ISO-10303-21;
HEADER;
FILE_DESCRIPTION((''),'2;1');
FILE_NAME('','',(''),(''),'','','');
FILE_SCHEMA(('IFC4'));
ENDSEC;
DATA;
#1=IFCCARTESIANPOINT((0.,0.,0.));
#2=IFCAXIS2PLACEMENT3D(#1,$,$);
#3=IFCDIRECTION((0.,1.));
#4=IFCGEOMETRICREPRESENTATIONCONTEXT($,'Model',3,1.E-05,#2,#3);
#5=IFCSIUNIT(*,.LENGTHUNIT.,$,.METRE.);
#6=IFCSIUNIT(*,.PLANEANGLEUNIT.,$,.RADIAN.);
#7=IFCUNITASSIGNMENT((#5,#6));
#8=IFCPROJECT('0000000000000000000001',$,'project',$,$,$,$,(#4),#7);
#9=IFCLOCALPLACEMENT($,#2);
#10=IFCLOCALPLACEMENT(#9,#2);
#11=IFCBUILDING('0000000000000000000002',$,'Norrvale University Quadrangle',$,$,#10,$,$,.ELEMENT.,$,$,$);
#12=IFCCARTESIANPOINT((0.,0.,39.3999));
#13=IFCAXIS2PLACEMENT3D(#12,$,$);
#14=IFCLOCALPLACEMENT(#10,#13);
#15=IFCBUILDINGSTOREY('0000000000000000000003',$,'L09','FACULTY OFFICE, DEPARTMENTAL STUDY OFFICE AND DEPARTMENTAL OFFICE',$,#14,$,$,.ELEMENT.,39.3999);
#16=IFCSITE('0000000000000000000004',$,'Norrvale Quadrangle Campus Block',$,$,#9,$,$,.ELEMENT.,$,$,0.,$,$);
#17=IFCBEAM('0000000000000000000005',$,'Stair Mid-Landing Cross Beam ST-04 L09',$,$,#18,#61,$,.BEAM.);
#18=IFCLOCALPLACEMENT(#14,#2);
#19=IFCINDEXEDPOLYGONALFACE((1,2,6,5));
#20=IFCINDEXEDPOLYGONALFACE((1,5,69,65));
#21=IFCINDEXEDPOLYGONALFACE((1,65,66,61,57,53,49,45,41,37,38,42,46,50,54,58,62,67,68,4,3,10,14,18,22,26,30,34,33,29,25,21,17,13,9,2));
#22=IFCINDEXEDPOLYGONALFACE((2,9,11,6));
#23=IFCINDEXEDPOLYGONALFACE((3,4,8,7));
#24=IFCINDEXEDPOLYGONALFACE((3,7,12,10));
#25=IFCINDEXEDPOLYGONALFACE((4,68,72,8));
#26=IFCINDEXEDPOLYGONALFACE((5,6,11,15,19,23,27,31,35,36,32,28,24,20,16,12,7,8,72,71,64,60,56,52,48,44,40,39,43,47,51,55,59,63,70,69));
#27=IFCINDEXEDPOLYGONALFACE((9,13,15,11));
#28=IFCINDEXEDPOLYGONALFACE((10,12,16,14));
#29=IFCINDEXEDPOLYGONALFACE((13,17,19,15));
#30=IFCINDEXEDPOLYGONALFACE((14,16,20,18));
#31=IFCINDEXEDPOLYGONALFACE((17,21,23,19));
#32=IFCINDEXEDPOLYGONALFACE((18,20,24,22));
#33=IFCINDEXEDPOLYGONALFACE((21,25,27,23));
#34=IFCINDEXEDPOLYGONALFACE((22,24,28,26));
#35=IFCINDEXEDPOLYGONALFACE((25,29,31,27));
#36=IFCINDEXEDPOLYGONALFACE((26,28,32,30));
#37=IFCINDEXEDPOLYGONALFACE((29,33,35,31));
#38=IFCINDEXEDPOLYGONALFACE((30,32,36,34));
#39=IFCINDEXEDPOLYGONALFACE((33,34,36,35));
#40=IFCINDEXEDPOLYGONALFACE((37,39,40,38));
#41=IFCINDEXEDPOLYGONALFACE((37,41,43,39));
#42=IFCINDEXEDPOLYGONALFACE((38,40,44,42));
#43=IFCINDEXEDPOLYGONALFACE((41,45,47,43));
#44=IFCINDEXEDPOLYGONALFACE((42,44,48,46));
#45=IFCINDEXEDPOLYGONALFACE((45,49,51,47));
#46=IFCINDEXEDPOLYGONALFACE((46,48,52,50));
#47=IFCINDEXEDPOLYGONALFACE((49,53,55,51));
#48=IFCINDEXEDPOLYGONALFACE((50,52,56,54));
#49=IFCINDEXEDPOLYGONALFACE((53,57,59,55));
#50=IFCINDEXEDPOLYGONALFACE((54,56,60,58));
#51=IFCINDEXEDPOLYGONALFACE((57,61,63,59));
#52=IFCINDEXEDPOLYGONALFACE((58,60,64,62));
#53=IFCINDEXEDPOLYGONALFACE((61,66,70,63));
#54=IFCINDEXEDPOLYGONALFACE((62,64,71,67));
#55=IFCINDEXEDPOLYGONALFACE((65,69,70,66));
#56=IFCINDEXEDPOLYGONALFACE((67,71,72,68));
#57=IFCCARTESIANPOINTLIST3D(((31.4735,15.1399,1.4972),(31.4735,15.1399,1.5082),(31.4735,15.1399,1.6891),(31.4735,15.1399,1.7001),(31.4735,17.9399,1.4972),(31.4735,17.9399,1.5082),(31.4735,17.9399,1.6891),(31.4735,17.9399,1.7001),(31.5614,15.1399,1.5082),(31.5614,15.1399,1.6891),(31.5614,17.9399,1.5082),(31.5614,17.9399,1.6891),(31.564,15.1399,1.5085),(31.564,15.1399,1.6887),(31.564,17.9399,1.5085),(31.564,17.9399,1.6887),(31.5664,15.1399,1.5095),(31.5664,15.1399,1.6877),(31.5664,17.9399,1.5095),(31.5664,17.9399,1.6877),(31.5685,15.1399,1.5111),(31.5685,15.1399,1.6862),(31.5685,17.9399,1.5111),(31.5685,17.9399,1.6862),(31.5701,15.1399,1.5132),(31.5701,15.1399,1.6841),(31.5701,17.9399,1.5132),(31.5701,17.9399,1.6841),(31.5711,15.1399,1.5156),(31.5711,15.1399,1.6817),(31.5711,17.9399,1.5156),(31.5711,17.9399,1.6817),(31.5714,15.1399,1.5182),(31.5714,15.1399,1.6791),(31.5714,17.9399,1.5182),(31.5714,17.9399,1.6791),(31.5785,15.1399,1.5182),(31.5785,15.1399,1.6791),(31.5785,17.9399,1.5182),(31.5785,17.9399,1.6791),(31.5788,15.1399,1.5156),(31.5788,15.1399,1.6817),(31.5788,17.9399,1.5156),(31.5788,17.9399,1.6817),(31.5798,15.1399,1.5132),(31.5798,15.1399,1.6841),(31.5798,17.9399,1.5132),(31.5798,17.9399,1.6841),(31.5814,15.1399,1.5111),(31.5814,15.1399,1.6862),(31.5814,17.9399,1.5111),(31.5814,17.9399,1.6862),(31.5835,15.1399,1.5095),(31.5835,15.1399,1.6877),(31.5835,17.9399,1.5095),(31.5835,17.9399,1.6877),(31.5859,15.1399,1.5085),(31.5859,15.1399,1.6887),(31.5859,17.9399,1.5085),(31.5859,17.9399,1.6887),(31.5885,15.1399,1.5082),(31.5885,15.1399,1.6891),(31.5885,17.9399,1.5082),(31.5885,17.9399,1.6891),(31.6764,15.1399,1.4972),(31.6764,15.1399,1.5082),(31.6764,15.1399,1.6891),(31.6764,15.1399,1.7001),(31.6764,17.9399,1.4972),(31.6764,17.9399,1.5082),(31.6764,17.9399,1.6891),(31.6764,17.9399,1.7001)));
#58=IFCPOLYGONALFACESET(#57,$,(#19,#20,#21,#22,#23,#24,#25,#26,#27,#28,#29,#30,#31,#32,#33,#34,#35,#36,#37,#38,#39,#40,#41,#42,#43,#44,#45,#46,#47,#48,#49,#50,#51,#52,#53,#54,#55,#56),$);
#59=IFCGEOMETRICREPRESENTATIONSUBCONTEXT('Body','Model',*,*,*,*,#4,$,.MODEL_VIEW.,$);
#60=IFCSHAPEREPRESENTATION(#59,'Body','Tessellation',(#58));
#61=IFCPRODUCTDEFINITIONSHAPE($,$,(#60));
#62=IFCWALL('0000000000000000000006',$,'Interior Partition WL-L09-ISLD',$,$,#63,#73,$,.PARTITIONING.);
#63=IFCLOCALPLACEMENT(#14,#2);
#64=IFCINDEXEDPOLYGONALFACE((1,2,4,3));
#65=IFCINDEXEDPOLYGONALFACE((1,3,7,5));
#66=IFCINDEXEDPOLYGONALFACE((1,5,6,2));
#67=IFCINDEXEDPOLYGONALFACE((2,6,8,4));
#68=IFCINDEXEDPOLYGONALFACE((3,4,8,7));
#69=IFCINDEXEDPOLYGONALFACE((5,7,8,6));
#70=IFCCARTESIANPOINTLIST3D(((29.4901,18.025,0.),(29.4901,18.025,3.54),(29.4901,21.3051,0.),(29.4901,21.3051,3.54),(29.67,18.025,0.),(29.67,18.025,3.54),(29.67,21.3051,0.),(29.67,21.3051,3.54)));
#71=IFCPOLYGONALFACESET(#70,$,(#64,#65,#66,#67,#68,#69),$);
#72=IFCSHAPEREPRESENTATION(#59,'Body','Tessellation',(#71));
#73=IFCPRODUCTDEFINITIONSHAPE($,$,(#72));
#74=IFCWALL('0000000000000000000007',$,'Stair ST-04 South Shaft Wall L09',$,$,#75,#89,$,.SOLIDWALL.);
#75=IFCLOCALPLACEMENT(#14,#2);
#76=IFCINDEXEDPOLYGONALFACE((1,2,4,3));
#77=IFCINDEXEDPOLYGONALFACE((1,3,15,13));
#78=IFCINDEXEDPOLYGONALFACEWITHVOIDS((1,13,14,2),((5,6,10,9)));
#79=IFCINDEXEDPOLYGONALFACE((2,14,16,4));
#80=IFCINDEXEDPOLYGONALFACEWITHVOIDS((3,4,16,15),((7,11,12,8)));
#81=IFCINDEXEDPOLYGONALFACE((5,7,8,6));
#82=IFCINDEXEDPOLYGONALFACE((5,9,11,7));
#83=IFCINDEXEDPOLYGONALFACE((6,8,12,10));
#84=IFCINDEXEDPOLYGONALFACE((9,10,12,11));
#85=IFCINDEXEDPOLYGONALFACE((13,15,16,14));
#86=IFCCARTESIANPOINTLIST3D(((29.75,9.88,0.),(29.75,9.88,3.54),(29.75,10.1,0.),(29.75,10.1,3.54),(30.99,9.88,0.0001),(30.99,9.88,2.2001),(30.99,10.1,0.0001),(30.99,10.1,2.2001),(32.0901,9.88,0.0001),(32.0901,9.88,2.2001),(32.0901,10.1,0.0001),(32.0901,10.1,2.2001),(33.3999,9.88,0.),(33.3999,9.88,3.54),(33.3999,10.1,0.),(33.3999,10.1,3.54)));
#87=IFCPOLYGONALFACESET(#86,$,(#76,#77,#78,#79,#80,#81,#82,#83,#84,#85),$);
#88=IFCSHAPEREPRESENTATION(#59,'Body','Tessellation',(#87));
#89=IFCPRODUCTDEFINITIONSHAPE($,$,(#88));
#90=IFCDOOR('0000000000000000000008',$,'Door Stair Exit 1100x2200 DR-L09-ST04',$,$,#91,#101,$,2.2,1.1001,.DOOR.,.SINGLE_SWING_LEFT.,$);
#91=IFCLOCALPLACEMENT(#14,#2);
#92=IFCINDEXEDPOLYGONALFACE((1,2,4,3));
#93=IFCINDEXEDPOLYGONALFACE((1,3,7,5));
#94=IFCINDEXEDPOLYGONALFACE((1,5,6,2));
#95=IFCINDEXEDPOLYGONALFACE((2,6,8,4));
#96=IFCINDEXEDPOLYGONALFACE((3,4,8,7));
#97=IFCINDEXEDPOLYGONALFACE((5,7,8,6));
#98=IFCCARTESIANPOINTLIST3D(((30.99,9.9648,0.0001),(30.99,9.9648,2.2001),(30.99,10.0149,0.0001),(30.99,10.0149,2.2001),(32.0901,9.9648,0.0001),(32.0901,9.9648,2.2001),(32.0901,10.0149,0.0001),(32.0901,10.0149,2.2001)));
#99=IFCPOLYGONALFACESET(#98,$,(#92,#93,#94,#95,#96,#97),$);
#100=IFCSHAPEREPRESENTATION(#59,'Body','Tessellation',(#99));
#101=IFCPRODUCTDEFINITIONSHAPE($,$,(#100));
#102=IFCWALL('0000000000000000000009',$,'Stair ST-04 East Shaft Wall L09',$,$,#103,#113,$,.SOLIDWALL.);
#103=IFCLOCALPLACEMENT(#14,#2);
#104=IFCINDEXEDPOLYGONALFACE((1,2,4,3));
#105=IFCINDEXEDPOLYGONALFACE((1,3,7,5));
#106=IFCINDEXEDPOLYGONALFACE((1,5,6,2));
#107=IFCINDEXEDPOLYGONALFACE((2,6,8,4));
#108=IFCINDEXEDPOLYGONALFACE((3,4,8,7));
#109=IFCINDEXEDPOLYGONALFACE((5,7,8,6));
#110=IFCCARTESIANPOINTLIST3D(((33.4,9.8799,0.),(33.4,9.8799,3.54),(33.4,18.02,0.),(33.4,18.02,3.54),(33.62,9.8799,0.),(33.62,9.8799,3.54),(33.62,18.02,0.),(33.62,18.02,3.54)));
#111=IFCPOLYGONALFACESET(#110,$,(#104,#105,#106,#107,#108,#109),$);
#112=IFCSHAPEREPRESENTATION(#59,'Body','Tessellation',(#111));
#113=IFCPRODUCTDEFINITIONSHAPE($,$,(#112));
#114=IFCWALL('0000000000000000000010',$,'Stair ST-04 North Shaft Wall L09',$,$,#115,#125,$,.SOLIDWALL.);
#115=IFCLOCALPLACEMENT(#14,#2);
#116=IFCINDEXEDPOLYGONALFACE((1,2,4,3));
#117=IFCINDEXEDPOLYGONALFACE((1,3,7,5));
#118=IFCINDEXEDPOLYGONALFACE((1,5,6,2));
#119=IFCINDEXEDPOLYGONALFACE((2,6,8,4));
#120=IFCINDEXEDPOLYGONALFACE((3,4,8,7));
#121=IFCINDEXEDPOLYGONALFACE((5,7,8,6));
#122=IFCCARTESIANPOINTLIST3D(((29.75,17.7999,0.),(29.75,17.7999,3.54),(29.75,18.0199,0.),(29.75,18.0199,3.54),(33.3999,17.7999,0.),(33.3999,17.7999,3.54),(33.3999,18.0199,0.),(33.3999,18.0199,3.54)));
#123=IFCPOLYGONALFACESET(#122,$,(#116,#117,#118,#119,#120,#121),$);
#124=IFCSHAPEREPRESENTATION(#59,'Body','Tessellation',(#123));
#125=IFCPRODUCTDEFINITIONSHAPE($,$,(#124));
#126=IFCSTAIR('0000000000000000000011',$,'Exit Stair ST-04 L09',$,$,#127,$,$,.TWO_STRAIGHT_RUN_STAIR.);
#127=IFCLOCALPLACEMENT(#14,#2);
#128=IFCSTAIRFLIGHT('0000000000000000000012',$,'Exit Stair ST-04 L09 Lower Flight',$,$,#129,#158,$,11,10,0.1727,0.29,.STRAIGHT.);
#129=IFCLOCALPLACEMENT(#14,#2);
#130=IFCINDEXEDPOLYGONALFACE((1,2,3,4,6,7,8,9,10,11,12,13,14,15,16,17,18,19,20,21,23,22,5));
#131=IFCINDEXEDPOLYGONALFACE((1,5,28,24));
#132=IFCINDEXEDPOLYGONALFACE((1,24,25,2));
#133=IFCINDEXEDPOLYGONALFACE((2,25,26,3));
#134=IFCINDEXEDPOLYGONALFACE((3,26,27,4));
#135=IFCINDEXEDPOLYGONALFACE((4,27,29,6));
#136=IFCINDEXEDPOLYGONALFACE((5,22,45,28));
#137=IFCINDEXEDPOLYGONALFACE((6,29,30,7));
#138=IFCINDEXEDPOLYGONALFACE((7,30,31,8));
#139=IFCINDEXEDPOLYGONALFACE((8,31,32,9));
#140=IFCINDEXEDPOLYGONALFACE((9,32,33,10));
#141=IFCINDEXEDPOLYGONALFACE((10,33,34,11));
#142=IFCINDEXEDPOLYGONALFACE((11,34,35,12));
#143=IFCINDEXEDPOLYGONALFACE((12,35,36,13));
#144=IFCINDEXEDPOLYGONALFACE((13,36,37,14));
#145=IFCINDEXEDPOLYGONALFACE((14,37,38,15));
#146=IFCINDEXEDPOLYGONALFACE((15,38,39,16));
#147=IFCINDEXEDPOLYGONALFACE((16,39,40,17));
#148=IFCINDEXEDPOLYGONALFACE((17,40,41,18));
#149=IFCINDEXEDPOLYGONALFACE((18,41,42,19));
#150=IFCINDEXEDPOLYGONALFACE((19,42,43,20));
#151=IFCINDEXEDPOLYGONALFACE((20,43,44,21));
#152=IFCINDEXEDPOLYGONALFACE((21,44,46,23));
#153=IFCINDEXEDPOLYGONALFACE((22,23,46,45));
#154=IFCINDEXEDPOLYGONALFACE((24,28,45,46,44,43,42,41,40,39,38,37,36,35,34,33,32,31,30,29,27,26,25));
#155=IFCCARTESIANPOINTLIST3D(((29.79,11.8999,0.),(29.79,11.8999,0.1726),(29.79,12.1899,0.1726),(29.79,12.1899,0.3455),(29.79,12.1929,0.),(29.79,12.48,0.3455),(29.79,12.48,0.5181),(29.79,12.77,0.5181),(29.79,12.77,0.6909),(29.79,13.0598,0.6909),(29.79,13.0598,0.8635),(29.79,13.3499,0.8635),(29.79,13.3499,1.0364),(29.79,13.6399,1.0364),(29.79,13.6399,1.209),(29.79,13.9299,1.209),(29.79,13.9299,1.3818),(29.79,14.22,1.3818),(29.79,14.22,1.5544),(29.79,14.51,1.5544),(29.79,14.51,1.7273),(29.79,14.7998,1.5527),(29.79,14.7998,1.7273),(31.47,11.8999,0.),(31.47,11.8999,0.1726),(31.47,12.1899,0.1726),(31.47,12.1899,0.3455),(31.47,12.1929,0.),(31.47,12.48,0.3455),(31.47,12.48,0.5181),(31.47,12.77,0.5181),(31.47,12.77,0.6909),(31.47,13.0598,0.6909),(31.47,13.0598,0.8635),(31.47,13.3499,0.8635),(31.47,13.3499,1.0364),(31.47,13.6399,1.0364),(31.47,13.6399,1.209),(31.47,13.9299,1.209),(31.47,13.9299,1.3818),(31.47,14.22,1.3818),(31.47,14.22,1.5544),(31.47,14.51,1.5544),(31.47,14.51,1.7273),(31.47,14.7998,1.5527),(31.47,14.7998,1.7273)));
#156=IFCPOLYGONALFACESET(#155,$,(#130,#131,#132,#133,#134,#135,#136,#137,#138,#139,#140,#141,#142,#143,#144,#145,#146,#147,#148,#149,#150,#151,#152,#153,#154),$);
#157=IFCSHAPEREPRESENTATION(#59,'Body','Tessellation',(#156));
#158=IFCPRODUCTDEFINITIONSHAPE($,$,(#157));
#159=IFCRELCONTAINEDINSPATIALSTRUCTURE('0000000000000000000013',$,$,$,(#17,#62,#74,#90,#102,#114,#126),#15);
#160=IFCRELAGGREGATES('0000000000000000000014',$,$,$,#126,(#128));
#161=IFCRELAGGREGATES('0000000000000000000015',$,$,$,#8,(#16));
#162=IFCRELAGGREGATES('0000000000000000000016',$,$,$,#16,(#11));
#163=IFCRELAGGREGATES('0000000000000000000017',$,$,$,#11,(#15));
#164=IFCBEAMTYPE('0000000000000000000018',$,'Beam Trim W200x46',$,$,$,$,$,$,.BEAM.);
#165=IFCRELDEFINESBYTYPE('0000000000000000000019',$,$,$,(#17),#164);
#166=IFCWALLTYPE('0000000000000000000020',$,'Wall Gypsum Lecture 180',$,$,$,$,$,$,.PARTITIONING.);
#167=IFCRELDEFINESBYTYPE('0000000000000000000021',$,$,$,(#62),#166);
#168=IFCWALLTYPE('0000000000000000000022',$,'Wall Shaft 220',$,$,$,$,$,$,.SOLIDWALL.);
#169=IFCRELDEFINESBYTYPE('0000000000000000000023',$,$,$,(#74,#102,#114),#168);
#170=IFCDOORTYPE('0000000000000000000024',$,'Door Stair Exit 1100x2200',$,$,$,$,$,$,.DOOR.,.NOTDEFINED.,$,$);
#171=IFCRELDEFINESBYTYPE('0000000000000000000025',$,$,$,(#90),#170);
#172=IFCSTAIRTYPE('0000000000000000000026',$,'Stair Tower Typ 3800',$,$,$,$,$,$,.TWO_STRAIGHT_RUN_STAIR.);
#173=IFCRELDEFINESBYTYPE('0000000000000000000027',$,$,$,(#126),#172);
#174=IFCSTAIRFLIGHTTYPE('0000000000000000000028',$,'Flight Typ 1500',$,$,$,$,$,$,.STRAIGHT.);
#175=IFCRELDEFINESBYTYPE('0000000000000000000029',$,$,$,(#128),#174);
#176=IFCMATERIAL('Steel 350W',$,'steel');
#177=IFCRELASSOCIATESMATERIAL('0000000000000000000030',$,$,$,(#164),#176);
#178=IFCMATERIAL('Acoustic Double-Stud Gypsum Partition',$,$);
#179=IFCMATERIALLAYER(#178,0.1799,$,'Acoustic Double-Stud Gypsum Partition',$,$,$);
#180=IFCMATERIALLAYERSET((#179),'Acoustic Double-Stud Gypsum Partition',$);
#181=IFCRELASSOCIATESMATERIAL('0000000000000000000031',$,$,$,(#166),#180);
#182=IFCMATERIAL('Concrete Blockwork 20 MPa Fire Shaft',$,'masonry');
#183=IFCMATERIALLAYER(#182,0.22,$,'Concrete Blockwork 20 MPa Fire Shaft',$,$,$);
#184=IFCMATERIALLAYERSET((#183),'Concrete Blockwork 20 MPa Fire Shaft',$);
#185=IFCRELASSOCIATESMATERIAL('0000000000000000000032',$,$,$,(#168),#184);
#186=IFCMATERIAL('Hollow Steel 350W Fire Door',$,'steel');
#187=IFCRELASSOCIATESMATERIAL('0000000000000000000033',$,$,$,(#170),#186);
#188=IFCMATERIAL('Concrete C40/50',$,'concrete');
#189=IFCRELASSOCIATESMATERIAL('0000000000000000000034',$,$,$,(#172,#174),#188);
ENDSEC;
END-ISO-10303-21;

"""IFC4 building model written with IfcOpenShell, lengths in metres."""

from ifc_helpers import new_model, si_unit, direction, frame, frame_2d, origin, origin_2d, place, context, subcontext, project, spatial, polyline, rectangle, i_section, outline, extrude, material, layer, layer_set, material_profile, profile_set, type_object, element, fill, aggregate, save


model = new_model("IFC4")

# Units and contexts
model_context = context("Model", 3, precision=1e-05, world=origin(), true_north=direction((0.0, 1.0)))
body_context = subcontext(model_context, "Body", "Model", "MODEL_VIEW")
ifc_project = project(units=[si_unit("LENGTHUNIT", "METRE"), si_unit("PLANEANGLEUNIT", "RADIAN")], contexts=[model_context])

# Site, building, storey
site_placement = place(None, origin())
site = spatial("IfcSite", under=ifc_project, at=site_placement, Name="Norrvale Quadrangle Campus Block", CompositionType="ELEMENT", RefElevation=0.0)
building_placement = place(site_placement, origin())
building = spatial("IfcBuilding", under=site, at=building_placement, Name="Norrvale University Quadrangle", CompositionType="ELEMENT")
storey_placement = place(building_placement, frame((0.0, 0.0, 39.3999)))
storey = spatial("IfcBuildingStorey", under=building, at=storey_placement, Name="L09", Description="FACULTY OFFICE, DEPARTMENTAL STUDY OFFICE AND DEPARTMENTAL OFFICE", CompositionType="ELEMENT", Elevation=39.3999)

# Beam
ifc_material_1 = material(Name="Steel 350W", Category="steel")
ifc_material_profile_1 = material_profile(ifc_material_1, i_section(OverallWidth=0.2029, OverallDepth=0.2029, WebThickness=0.0071, FlangeThickness=0.011, FilletRadius=0.01, at=origin_2d()), Name="Steel 350W")
ifc_profile_set_1 = profile_set([ifc_material_profile_1], Name="Steel 350W")
beam_type_1 = type_object("IfcBeamType", Name="Beam Trim W200x46", PredefinedType="BEAM", material=ifc_profile_set_1)
beam_1_placement = place(storey_placement, frame((31.575, 15.1399, 1.5986), z_axis=(0.0, 1.0, 0.0), x_axis=(-1.0, 0.0, 0.0)))
element("IfcBeam", 1, at=beam_1_placement, inside=storey, type_object=beam_type_1, Name="Stair Mid-Landing Cross Beam ST-04 L09", PredefinedType="BEAM", context=body_context, shape_type="SweptSolid", body=[
    extrude(i_section(OverallWidth=0.2029, OverallDepth=0.2029, WebThickness=0.0071, FlangeThickness=0.011, FilletRadius=0.01, at=origin_2d()), origin(), (0.0, 0.0, 1.0), 2.8),
])

# Wall
ifc_material_2 = material(Name="Acoustic Double-Stud Gypsum Partition")
ifc_layer_1 = layer(ifc_material_2, 0.1799, Name="Acoustic Double-Stud Gypsum Partition")
ifc_layer_set_1 = layer_set([ifc_layer_1], Name="Acoustic Double-Stud Gypsum Partition")
wall_type_1 = type_object("IfcWallType", Name="Wall Gypsum Lecture 180", PredefinedType="PARTITIONING", material=ifc_layer_set_1)
wall_1_placement = place(storey_placement, frame((29.5801, 18.0249, 0.0), z_axis=(0.0, 0.0, 1.0), x_axis=(0.0, 1.0, 0.0)))
element("IfcWall", 2, at=wall_1_placement, inside=storey, type_object=wall_type_1, Name="Interior Partition WL-L09-ISLD", PredefinedType="PARTITIONING", context=body_context, shape_type="SweptSolid", body=[
    extrude(rectangle(XDim=3.28, YDim=0.1799, at=frame_2d((1.6401, 0.0))), origin(), (0.0, 0.0, 1.0), 3.54),
])

# Wall, opening, door
ifc_material_3 = material(Name="Concrete Blockwork 20 MPa Fire Shaft", Category="masonry")
ifc_layer_2 = layer(ifc_material_3, 0.22, Name="Concrete Blockwork 20 MPa Fire Shaft")
ifc_layer_set_2 = layer_set([ifc_layer_2], Name="Concrete Blockwork 20 MPa Fire Shaft")
wall_type_2 = type_object("IfcWallType", Name="Wall Shaft 220", PredefinedType="SOLIDWALL", material=ifc_layer_set_2)
wall_2_placement = place(storey_placement, frame((29.75, 9.99, 0.0), z_axis=(0.0, 0.0, 1.0), x_axis=(1.0, 0.0, 0.0)))
wall_2 = element("IfcWall", 3, at=wall_2_placement, inside=storey, type_object=wall_type_2, Name="Stair ST-04 South Shaft Wall L09", PredefinedType="SOLIDWALL", context=body_context, shape_type="SweptSolid", body=[
    extrude(rectangle(XDim=3.6499, YDim=0.22, at=frame_2d((1.825, 0.0))), origin(), (0.0, 0.0, 1.0), 3.54),
])
opening_placement = place(wall_2_placement, frame((1.24, 0.0, 0.0)))
opening = element("IfcOpeningElement", 4, at=opening_placement, cuts=wall_2, PredefinedType="OPENING", context=body_context, shape_type="SweptSolid", body=[
    extrude(rectangle(XDim=1.1001, YDim=2.2, at=frame_2d((0.55, 1.1001))), frame((0.0, 0.1221, 0.0), z_axis=(0.0, -1.0, 0.0), x_axis=(1.0, 0.0, 0.0)), (0.0, 0.0, 1.0), 0.2439),
])
ifc_material_4 = material(Name="Hollow Steel 350W Fire Door", Category="steel")
door_type = type_object("IfcDoorType", Name="Door Stair Exit 1100x2200", OperationType="NOTDEFINED", PredefinedType="DOOR", material=ifc_material_4)
door_placement = place(opening_placement, origin())
door = element("IfcDoor", 5, at=door_placement, inside=storey, type_object=door_type, Name="Door Stair Exit 1100x2200 DR-L09-ST04", OperationType="SINGLE_SWING_LEFT", OverallHeight=2.2, OverallWidth=1.1001, PredefinedType="DOOR", context=body_context, shape_type="SweptSolid", body=[
    extrude(rectangle(XDim=1.1001, YDim=2.2, at=frame_2d((0.55, 1.1001))), frame((0.0, 0.0249, 0.0), z_axis=(0.0, -1.0, 0.0), x_axis=(1.0, 0.0, 0.0)), (0.0, 0.0, 1.0), 0.05),
])
fill(opening, door)

# Walls
wall_3_placement = place(storey_placement, frame((33.51, 9.8799, 0.0), z_axis=(0.0, 0.0, 1.0), x_axis=(0.0, 1.0, 0.0)))
element("IfcWall", 6, at=wall_3_placement, inside=storey, type_object=wall_type_2, Name="Stair ST-04 East Shaft Wall L09", PredefinedType="SOLIDWALL", context=body_context, shape_type="SweptSolid", body=[
    extrude(rectangle(XDim=8.1401, YDim=0.22, at=frame_2d((4.0701, 0.0))), origin(), (0.0, 0.0, 1.0), 3.54),
])
wall_4_placement = place(storey_placement, frame((29.75, 17.9099, 0.0), z_axis=(0.0, 0.0, 1.0), x_axis=(1.0, 0.0, 0.0)))
element("IfcWall", 7, at=wall_4_placement, inside=storey, type_object=wall_type_2, Name="Stair ST-04 North Shaft Wall L09", PredefinedType="SOLIDWALL", context=body_context, shape_type="SweptSolid", body=[
    extrude(rectangle(XDim=3.6499, YDim=0.22, at=frame_2d((1.825, 0.0))), origin(), (0.0, 0.0, 1.0), 3.54),
])

# Stair, stair flight
ifc_material_5 = material(Name="Concrete C40/50", Category="concrete")
stair_type = type_object("IfcStairType", Name="Stair Tower Typ 3800", PredefinedType="TWO_STRAIGHT_RUN_STAIR", material=ifc_material_5)
stair_placement = place(storey_placement, origin())
stair = element("IfcStair", 8, at=stair_placement, inside=storey, type_object=stair_type, Name="Exit Stair ST-04 L09", PredefinedType="TWO_STRAIGHT_RUN_STAIR")
stair_flight_type = type_object("IfcStairFlightType", Name="Flight Typ 1500", PredefinedType="STRAIGHT", material=ifc_material_5)
stair_flight_1_placement = place(storey_placement, frame((30.6299, 11.8999, 0.0), z_axis=(0.0, 0.0, 1.0), x_axis=(0.0, 1.0, 0.0)))
stair_flight_1 = element("IfcStairFlight", 9, at=stair_flight_1_placement, type_object=stair_flight_type, Name="Exit Stair ST-04 L09 Lower Flight", NumberOfRisers=11, NumberOfTreads=10, PredefinedType="STRAIGHT", RiserHeight=0.1727, TreadLength=0.29, context=body_context, shape_type="SweptSolid", body=[
    extrude(outline(polyline([(0.0, 0.0), (0.0, 0.1726), (0.29, 0.1726), (0.29, 0.3455), (0.5801, 0.3455), (0.5801, 0.5181), (0.8701, 0.5181), (0.8701, 0.6909), (1.1599, 0.6909), (1.1599, 0.8635), (1.45, 0.8635), (1.45, 1.0364), (1.74, 1.0364), (1.74, 1.209), (2.03, 1.209), (2.03, 1.3818), (2.3201, 1.3818), (2.3201, 1.5544), (2.6101, 1.5544), (2.6101, 1.7273), (2.8999, 1.7273), (2.8999, 1.8999), (2.8999, 1.5527), (0.293, 0.0), (0.0, 0.0)])), frame((0.0, 0.8398, 0.0), z_axis=(0.0, -1.0, 0.0), x_axis=(1.0, 0.0, 0.0)), (0.0, 0.0, 1.0), 1.6799),
])
aggregate(stair, [stair_flight_1])

save(model, "model.ifc")
